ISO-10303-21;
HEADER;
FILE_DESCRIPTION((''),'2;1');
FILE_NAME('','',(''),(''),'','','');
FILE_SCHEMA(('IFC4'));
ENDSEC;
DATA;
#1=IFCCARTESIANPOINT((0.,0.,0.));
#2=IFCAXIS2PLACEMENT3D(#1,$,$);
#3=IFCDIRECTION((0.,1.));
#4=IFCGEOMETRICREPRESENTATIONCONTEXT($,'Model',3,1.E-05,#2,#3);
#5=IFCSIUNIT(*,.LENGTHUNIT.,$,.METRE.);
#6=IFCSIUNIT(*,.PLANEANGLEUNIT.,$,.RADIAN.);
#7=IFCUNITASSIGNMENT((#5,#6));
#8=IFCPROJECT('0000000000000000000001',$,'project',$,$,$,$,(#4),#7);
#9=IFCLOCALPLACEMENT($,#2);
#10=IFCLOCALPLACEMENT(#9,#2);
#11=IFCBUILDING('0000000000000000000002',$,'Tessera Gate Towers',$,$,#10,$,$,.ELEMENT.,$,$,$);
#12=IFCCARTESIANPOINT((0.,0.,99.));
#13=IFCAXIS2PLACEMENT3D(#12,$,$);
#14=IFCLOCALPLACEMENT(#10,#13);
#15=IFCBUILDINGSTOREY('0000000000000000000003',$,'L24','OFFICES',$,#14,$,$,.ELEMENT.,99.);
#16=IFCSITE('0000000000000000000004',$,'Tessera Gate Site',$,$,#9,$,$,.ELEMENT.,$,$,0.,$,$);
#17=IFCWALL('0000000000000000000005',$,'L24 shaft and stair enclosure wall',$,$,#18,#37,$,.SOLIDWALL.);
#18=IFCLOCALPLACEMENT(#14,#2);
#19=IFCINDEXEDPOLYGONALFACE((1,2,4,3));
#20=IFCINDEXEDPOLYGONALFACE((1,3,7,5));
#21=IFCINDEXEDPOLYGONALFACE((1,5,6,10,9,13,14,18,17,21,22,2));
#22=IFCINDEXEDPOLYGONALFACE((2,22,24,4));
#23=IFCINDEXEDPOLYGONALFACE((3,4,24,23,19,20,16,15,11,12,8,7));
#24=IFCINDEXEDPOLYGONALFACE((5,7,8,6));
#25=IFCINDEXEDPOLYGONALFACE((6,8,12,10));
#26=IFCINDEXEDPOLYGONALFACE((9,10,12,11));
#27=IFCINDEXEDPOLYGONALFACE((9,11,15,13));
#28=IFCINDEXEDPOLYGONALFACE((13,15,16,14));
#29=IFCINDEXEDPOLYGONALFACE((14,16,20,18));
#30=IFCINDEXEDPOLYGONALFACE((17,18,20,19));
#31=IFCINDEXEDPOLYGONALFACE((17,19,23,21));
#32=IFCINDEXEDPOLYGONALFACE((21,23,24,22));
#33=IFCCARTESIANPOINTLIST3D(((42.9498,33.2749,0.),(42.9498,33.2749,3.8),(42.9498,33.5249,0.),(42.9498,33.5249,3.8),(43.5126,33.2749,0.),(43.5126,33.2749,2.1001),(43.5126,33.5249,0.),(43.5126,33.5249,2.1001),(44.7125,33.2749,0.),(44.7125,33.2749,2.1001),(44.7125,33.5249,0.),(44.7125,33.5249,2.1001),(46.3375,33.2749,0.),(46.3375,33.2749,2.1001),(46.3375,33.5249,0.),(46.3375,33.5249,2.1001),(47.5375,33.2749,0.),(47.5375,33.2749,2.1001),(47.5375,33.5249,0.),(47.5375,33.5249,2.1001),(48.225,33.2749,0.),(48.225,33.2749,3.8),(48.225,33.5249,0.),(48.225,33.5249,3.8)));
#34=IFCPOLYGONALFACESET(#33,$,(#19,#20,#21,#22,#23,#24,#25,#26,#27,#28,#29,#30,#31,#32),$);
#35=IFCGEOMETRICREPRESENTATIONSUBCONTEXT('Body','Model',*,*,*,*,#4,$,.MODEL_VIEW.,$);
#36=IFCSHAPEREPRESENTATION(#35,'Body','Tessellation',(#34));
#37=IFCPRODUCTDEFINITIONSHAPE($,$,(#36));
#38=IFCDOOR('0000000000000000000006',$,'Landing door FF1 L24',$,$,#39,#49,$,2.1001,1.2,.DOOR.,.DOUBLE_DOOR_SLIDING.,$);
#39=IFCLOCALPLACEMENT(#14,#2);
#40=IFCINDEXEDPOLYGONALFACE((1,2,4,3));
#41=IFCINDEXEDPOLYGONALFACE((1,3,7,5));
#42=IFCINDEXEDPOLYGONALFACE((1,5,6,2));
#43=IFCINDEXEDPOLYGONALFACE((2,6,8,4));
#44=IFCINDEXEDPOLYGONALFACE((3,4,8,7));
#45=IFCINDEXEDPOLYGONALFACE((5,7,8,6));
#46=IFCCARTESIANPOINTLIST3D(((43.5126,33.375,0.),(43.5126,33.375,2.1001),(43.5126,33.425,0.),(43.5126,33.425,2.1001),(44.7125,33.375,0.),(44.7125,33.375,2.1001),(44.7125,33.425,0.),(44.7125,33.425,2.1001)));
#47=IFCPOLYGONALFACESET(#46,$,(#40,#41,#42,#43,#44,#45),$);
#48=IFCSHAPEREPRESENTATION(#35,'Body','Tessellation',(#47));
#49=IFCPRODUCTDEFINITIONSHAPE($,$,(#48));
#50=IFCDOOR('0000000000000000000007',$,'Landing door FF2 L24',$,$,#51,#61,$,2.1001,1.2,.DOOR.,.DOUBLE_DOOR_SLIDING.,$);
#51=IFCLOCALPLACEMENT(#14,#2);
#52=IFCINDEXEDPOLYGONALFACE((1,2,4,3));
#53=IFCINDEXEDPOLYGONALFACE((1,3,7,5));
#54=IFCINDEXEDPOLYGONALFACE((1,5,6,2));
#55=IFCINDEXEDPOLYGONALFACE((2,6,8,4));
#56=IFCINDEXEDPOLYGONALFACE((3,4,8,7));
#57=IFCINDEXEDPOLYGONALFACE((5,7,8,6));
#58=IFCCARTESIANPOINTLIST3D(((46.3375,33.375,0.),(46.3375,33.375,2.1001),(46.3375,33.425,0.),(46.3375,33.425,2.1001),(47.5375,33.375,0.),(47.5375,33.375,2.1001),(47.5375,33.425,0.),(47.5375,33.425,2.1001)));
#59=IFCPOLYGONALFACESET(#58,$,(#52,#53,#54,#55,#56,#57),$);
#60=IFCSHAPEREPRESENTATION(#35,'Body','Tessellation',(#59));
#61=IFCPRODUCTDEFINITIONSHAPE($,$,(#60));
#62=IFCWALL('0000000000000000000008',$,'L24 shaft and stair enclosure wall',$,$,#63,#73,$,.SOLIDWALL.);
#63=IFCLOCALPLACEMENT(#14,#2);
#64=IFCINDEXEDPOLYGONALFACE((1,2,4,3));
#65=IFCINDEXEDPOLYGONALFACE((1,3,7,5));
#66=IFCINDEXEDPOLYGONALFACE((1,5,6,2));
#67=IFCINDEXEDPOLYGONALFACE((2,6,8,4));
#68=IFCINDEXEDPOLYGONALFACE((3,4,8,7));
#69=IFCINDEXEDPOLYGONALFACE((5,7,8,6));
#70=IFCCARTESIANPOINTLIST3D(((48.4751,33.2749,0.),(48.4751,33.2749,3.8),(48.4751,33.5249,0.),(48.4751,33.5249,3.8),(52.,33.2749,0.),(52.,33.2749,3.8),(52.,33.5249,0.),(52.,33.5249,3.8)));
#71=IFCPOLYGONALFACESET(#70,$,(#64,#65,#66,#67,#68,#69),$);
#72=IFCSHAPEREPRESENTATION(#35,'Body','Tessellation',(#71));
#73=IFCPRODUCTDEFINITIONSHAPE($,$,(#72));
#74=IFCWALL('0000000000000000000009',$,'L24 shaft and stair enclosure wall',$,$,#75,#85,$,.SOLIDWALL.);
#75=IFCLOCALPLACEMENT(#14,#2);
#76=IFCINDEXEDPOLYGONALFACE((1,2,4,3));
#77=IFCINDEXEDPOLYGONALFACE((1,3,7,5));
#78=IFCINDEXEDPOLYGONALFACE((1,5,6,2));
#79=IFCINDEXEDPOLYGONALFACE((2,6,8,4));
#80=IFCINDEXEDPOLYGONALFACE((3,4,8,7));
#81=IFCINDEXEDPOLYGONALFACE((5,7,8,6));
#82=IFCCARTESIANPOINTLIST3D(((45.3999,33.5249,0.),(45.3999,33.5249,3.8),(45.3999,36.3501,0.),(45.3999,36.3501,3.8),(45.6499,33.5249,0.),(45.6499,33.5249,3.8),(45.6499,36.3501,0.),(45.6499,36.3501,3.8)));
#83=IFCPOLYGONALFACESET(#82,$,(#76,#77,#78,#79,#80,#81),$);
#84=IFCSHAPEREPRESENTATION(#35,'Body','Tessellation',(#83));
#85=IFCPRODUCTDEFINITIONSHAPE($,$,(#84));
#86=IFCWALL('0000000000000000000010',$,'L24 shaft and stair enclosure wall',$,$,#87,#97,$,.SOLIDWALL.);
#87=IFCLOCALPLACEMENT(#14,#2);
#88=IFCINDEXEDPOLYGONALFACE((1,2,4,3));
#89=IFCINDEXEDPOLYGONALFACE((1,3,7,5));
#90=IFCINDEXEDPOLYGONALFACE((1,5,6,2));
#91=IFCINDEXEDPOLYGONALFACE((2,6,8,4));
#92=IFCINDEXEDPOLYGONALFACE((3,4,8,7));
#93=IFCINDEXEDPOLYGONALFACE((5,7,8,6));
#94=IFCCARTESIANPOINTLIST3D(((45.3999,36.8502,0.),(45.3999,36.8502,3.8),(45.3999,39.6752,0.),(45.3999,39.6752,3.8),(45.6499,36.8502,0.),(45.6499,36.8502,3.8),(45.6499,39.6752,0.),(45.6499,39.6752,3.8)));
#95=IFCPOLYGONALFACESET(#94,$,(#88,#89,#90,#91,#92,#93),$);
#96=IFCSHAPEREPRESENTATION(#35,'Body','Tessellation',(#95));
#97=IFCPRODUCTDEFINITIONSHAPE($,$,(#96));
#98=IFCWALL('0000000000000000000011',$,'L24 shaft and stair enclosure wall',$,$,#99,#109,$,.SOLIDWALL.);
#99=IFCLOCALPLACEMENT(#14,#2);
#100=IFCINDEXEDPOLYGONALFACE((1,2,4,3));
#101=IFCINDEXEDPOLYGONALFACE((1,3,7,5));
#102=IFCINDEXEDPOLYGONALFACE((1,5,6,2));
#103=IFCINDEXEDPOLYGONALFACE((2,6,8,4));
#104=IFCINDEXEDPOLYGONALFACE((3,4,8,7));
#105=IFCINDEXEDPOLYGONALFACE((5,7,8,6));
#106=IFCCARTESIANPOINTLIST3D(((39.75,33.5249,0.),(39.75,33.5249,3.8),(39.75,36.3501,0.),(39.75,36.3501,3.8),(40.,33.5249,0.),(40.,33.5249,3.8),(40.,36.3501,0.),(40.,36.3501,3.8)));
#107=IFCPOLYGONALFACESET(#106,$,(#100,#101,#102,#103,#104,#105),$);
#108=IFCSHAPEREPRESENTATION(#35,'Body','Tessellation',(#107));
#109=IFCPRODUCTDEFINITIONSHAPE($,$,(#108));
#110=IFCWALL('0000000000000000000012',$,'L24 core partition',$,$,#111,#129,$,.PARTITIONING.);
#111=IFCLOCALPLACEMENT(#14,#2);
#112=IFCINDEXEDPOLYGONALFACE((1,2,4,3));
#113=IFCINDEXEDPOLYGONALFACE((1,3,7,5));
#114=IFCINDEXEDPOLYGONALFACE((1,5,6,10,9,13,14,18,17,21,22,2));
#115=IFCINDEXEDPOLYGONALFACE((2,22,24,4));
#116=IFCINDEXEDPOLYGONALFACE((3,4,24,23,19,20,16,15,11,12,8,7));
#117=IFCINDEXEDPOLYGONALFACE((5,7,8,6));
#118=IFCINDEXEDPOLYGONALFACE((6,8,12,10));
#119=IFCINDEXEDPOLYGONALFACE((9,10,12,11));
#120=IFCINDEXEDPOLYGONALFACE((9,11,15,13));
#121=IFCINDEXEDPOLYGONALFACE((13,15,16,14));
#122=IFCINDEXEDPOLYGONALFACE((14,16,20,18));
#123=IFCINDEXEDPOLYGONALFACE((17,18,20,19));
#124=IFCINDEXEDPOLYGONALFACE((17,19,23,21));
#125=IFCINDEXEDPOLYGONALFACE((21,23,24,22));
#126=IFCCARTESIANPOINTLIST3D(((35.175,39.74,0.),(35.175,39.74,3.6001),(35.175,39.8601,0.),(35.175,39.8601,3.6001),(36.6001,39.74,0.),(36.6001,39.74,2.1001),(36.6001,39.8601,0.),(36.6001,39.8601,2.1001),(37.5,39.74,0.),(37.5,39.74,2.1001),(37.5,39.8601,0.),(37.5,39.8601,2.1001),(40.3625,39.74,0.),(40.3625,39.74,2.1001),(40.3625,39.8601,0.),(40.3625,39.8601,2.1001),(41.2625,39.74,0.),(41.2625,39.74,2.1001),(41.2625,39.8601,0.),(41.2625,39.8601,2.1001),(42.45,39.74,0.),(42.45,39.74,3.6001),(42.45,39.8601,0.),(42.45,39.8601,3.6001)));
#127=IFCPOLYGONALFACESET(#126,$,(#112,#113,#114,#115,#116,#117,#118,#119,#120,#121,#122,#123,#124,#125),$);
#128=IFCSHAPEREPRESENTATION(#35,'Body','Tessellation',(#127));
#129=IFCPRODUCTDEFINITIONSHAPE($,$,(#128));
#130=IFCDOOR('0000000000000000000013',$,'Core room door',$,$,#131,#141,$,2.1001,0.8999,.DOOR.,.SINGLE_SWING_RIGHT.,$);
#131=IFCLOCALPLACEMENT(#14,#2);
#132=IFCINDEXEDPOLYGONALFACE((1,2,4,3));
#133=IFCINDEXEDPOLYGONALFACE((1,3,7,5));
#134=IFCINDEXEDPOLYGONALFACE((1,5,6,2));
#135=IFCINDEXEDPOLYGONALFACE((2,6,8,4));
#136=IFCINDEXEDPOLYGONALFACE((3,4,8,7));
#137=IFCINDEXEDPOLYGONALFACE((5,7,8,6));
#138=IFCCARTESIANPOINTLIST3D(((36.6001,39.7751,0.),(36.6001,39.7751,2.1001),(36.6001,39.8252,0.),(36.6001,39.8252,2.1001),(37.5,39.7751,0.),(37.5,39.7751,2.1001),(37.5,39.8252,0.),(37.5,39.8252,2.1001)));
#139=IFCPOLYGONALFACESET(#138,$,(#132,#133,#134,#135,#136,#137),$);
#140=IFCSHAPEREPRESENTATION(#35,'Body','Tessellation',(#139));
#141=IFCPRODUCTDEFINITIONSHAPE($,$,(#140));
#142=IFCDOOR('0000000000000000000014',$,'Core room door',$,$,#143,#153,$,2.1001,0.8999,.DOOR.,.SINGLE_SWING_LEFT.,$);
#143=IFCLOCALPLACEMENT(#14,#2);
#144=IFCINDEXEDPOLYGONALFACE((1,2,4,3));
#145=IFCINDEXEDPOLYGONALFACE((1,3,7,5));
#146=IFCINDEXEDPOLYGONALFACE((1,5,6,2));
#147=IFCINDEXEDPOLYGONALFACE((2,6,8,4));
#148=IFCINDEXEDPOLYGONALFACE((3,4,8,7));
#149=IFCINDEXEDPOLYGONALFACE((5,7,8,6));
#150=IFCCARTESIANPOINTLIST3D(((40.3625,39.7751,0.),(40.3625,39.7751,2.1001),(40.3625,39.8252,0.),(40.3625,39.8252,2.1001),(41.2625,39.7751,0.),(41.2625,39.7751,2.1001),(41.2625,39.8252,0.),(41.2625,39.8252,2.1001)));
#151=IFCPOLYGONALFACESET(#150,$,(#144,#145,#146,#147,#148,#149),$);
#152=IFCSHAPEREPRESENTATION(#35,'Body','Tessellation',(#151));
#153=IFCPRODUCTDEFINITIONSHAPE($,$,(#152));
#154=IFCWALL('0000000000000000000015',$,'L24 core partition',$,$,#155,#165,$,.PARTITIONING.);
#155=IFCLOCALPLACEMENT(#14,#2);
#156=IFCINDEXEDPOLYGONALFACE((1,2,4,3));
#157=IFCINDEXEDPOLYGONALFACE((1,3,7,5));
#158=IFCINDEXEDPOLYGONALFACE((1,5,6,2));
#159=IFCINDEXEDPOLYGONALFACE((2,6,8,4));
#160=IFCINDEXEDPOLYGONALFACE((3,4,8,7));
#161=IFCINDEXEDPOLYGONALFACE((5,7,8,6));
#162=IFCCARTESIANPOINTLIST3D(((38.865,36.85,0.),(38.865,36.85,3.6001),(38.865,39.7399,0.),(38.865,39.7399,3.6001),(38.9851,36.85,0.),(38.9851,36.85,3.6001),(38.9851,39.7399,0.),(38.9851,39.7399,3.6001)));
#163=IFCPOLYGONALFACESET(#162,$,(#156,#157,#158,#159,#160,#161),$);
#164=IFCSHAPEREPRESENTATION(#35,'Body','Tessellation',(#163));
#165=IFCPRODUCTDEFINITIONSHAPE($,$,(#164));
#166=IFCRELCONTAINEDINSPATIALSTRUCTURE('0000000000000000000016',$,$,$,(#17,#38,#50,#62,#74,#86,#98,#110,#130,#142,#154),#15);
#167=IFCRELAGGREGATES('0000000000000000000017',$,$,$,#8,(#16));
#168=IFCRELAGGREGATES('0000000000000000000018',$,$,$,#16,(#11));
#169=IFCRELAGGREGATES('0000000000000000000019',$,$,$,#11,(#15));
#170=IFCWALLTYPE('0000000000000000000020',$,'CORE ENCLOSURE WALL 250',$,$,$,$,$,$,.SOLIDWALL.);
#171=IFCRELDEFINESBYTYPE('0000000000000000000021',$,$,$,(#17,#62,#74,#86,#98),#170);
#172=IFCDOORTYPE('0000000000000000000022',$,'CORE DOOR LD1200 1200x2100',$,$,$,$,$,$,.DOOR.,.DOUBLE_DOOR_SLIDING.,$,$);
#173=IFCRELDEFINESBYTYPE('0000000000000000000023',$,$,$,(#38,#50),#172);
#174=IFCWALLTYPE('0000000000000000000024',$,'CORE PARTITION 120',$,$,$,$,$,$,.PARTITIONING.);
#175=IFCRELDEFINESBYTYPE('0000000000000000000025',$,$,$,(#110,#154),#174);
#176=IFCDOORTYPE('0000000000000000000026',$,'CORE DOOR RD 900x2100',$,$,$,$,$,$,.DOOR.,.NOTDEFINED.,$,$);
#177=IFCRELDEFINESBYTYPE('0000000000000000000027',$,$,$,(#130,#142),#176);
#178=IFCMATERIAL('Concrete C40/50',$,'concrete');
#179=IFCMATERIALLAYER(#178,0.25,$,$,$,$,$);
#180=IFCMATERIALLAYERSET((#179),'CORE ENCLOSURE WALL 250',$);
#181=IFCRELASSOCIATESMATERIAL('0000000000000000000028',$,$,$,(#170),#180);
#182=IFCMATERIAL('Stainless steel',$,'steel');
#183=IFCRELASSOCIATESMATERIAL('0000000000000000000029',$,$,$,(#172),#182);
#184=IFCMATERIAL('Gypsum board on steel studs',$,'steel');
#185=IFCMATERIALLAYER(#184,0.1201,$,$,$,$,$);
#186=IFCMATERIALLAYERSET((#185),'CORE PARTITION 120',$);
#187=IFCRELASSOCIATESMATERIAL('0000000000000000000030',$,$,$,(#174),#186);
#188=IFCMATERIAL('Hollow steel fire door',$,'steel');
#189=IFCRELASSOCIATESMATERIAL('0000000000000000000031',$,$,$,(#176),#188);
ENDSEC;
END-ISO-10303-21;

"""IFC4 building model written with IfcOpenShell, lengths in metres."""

from ifc_helpers import new_model, si_unit, direction, frame, frame_2d, origin, place, context, subcontext, project, spatial, rectangle, extrude, source, transform, mapped, material, layer, layer_set, type_object, element, fill, save


model = new_model("IFC4")

# Units and contexts
model_context = context("Model", 3, precision=1e-05, world=origin(), true_north=direction((0.0, 1.0)))
body_context = subcontext(model_context, "Body", "Model", "MODEL_VIEW")
ifc_project = project(units=[si_unit("LENGTHUNIT", "METRE"), si_unit("PLANEANGLEUNIT", "RADIAN")], contexts=[model_context])

# Site, building, storey
site_placement = place(None, origin())
site = spatial("IfcSite", under=ifc_project, at=site_placement, Name="Tessera Gate Site", CompositionType="ELEMENT", RefElevation=0.0)
building_placement = place(site_placement, origin())
building = spatial("IfcBuilding", under=site, at=building_placement, Name="Tessera Gate Towers", CompositionType="ELEMENT")
storey_placement = place(building_placement, frame((0.0, 0.0, 99.0)))
storey = spatial("IfcBuildingStorey", under=building, at=storey_placement, Name="L24", Description="OFFICES", CompositionType="ELEMENT", Elevation=99.0)

# Shared definitions
ifc_material_1 = material(Name="Concrete C40/50", Category="concrete")
ifc_layer_1 = layer(ifc_material_1, 0.25)
ifc_layer_set_1 = layer_set([ifc_layer_1], Name="CORE ENCLOSURE WALL 250")
wall_type_1 = type_object("IfcWallType", Name="CORE ENCLOSURE WALL 250", PredefinedType="SOLIDWALL", material=ifc_layer_set_1)
shared_shape_1 = source(origin(), body_context, "Body", "SweptSolid", [
    extrude(rectangle(XDim=1.2, YDim=2.1001, at=frame_2d((0.6001, 1.05))), frame((0.0, 0.135, 0.0), z_axis=(0.0, -1.0, 0.0), x_axis=(1.0, 0.0, 0.0)), (0.0, 0.0, 1.0), 0.27),
])
shared_shape_2 = source(origin(), body_context, "Body", "SweptSolid", [
    extrude(rectangle(XDim=1.2, YDim=2.1001, at=frame_2d((0.6001, 1.05))), frame((0.0, 0.0249, 0.0), z_axis=(0.0, -1.0, 0.0), x_axis=(1.0, 0.0, 0.0)), (0.0, 0.0, 1.0), 0.05),
])

# Wall, openings, doors
wall_1_placement = place(storey_placement, frame((48.2251, 33.3999, 0.0), z_axis=(0.0, 0.0, 1.0), x_axis=(-1.0, 0.0, 0.0)))
wall_1 = element("IfcWall", 1, at=wall_1_placement, inside=storey, type_object=wall_type_1, Name="L24 shaft and stair enclosure wall", PredefinedType="SOLIDWALL", context=body_context, shape_type="SweptSolid", body=[
    extrude(rectangle(XDim=5.2751, YDim=0.25, at=frame_2d((2.6377, 0.0))), origin(), (0.0, 0.0, 1.0), 3.8),
])
opening_1_placement = place(wall_1_placement, frame((3.5125, 0.0, 0.0)))
opening_1 = element("IfcOpeningElement", 2, at=opening_1_placement, cuts=wall_1, PredefinedType="OPENING", context=body_context, shape_type="MappedRepresentation", body=[
    mapped(shared_shape_1, transform((0.0, 0.0, 0.0), scale=1.0)),
])
opening_2_placement = place(wall_1_placement, frame((0.6875, 0.0, 0.0)))
opening_2 = element("IfcOpeningElement", 3, at=opening_2_placement, cuts=wall_1, PredefinedType="OPENING", context=body_context, shape_type="MappedRepresentation", body=[
    mapped(shared_shape_1, transform((0.0, 0.0, 0.0), scale=1.0)),
])
ifc_material_2 = material(Name="Stainless steel", Category="steel")
door_type_1 = type_object("IfcDoorType", Name="CORE DOOR LD1200 1200x2100", OperationType="DOUBLE_DOOR_SLIDING", PredefinedType="DOOR", material=ifc_material_2)
door_1_placement = place(opening_1_placement, origin())
door_1 = element("IfcDoor", 4, at=door_1_placement, inside=storey, type_object=door_type_1, Name="Landing door FF1 L24", OperationType="DOUBLE_DOOR_SLIDING", OverallHeight=2.1001, OverallWidth=1.2, PredefinedType="DOOR", context=body_context, shape_type="MappedRepresentation", body=[
    mapped(shared_shape_2, transform((0.0, 0.0, 0.0), scale=1.0)),
])
fill(opening_1, door_1)
door_2_placement = place(opening_2_placement, origin())
door_2 = element("IfcDoor", 5, at=door_2_placement, inside=storey, type_object=door_type_1, Name="Landing door FF2 L24", OperationType="DOUBLE_DOOR_SLIDING", OverallHeight=2.1001, OverallWidth=1.2, PredefinedType="DOOR", context=body_context, shape_type="MappedRepresentation", body=[
    mapped(shared_shape_2, transform((0.0, 0.0, 0.0), scale=1.0)),
])
fill(opening_2, door_2)

# Walls
wall_2_placement = place(storey_placement, frame((48.4751, 33.3999, 0.0), z_axis=(0.0, 0.0, 1.0), x_axis=(1.0, 0.0, 0.0)))
element("IfcWall", 6, at=wall_2_placement, inside=storey, type_object=wall_type_1, Name="L24 shaft and stair enclosure wall", PredefinedType="SOLIDWALL", context=body_context, shape_type="SweptSolid", body=[
    extrude(rectangle(XDim=3.5249, YDim=0.25, at=frame_2d((1.7625, 0.0))), origin(), (0.0, 0.0, 1.0), 3.8),
])
wall_3_placement = place(storey_placement, frame((45.5249, 33.5249, 0.0), z_axis=(0.0, 0.0, 1.0), x_axis=(0.0, 1.0, 0.0)))
element("IfcWall", 7, at=wall_3_placement, inside=storey, type_object=wall_type_1, Name="L24 shaft and stair enclosure wall", PredefinedType="SOLIDWALL", context=body_context, shape_type="SweptSolid", body=[
    extrude(rectangle(XDim=2.8252, YDim=0.25, at=frame_2d((1.4126, 0.0))), origin(), (0.0, 0.0, 1.0), 3.8),
])
wall_4_placement = place(storey_placement, frame((45.5249, 36.8501, 0.0), z_axis=(0.0, 0.0, 1.0), x_axis=(0.0, 1.0, 0.0)))
element("IfcWall", 8, at=wall_4_placement, inside=storey, type_object=wall_type_1, Name="L24 shaft and stair enclosure wall", PredefinedType="SOLIDWALL", context=body_context, shape_type="SweptSolid", body=[
    extrude(rectangle(XDim=2.825, YDim=0.25, at=frame_2d((1.4126, 0.0))), origin(), (0.0, 0.0, 1.0), 3.8),
])
wall_5_placement = place(storey_placement, frame((39.875, 33.5249, 0.0), z_axis=(0.0, 0.0, 1.0), x_axis=(0.0, 1.0, 0.0)))
element("IfcWall", 9, at=wall_5_placement, inside=storey, type_object=wall_type_1, Name="L24 shaft and stair enclosure wall", PredefinedType="SOLIDWALL", context=body_context, shape_type="SweptSolid", body=[
    extrude(rectangle(XDim=2.8252, YDim=0.25, at=frame_2d((1.4126, 0.0))), origin(), (0.0, 0.0, 1.0), 3.8),
])

# Wall, openings, doors
ifc_material_3 = material(Name="Gypsum board on steel studs", Category="steel")
ifc_layer_2 = layer(ifc_material_3, 0.1201)
ifc_layer_set_2 = layer_set([ifc_layer_2], Name="CORE PARTITION 120")
wall_type_2 = type_object("IfcWallType", Name="CORE PARTITION 120", PredefinedType="PARTITIONING", material=ifc_layer_set_2)
wall_6_placement = place(storey_placement, frame((42.45, 39.8, 0.0), z_axis=(0.0, 0.0, 1.0), x_axis=(-1.0, 0.0, 0.0)))
wall_6 = element("IfcWall", 10, at=wall_6_placement, inside=storey, type_object=wall_type_2, Name="L24 core partition", PredefinedType="PARTITIONING", context=body_context, shape_type="SweptSolid", body=[
    extrude(rectangle(XDim=7.2749, YDim=0.1201, at=frame_2d((3.6375, 0.0))), origin(), (0.0, 0.0, 1.0), 3.6001),
])
shared_shape_3 = source(origin(), body_context, "Body", "SweptSolid", [
    extrude(rectangle(XDim=0.8999, YDim=2.1001, at=frame_2d((0.45, 1.05))), frame((0.0, 0.0701, 0.0), z_axis=(0.0, -1.0, 0.0), x_axis=(1.0, 0.0, 0.0)), (0.0, 0.0, 1.0), 0.1401),
])
opening_3_placement = place(wall_6_placement, frame((4.95, 0.0, 0.0)))
opening_3 = element("IfcOpeningElement", 11, at=opening_3_placement, cuts=wall_6, PredefinedType="OPENING", context=body_context, shape_type="MappedRepresentation", body=[
    mapped(shared_shape_3, transform((0.0, 0.0, 0.0), scale=1.0)),
])
opening_4_placement = place(wall_6_placement, frame((1.1875, 0.0, 0.0)))
opening_4 = element("IfcOpeningElement", 12, at=opening_4_placement, cuts=wall_6, PredefinedType="OPENING", context=body_context, shape_type="MappedRepresentation", body=[
    mapped(shared_shape_3, transform((0.0, 0.0, 0.0), scale=1.0)),
])
ifc_material_4 = material(Name="Hollow steel fire door", Category="steel")
door_type_2 = type_object("IfcDoorType", Name="CORE DOOR RD 900x2100", OperationType="NOTDEFINED", PredefinedType="DOOR", material=ifc_material_4)
shared_shape_4 = source(origin(), body_context, "Body", "SweptSolid", [
    extrude(rectangle(XDim=0.8999, YDim=2.1001, at=frame_2d((0.45, 1.05))), frame((0.0, 0.0249, 0.0), z_axis=(0.0, -1.0, 0.0), x_axis=(1.0, 0.0, 0.0)), (0.0, 0.0, 1.0), 0.05),
])
door_3_placement = place(opening_3_placement, origin())
door_3 = element("IfcDoor", 13, at=door_3_placement, inside=storey, type_object=door_type_2, Name="Core room door", OperationType="SINGLE_SWING_RIGHT", OverallHeight=2.1001, OverallWidth=0.8999, PredefinedType="DOOR", context=body_context, shape_type="MappedRepresentation", body=[
    mapped(shared_shape_4, transform((0.0, 0.0, 0.0), scale=1.0)),
])
fill(opening_3, door_3)
door_4_placement = place(opening_4_placement, origin())
door_4 = element("IfcDoor", 14, at=door_4_placement, inside=storey, type_object=door_type_2, Name="Core room door", OperationType="SINGLE_SWING_LEFT", OverallHeight=2.1001, OverallWidth=0.8999, PredefinedType="DOOR", context=body_context, shape_type="MappedRepresentation", body=[
    mapped(shared_shape_4, transform((0.0, 0.0, 0.0), scale=1.0)),
])
fill(opening_4, door_4)

# Wall
wall_7_placement = place(storey_placement, frame((38.925, 36.8501, 0.0), z_axis=(0.0, 0.0, 1.0), x_axis=(0.0, 1.0, 0.0)))
element("IfcWall", 15, at=wall_7_placement, inside=storey, type_object=wall_type_2, Name="L24 core partition", PredefinedType="PARTITIONING", context=body_context, shape_type="SweptSolid", body=[
    extrude(rectangle(XDim=2.8899, YDim=0.1201, at=frame_2d((1.4448, 0.0))), origin(), (0.0, 0.0, 1.0), 3.6001),
])

save(model, "model.ifc")
